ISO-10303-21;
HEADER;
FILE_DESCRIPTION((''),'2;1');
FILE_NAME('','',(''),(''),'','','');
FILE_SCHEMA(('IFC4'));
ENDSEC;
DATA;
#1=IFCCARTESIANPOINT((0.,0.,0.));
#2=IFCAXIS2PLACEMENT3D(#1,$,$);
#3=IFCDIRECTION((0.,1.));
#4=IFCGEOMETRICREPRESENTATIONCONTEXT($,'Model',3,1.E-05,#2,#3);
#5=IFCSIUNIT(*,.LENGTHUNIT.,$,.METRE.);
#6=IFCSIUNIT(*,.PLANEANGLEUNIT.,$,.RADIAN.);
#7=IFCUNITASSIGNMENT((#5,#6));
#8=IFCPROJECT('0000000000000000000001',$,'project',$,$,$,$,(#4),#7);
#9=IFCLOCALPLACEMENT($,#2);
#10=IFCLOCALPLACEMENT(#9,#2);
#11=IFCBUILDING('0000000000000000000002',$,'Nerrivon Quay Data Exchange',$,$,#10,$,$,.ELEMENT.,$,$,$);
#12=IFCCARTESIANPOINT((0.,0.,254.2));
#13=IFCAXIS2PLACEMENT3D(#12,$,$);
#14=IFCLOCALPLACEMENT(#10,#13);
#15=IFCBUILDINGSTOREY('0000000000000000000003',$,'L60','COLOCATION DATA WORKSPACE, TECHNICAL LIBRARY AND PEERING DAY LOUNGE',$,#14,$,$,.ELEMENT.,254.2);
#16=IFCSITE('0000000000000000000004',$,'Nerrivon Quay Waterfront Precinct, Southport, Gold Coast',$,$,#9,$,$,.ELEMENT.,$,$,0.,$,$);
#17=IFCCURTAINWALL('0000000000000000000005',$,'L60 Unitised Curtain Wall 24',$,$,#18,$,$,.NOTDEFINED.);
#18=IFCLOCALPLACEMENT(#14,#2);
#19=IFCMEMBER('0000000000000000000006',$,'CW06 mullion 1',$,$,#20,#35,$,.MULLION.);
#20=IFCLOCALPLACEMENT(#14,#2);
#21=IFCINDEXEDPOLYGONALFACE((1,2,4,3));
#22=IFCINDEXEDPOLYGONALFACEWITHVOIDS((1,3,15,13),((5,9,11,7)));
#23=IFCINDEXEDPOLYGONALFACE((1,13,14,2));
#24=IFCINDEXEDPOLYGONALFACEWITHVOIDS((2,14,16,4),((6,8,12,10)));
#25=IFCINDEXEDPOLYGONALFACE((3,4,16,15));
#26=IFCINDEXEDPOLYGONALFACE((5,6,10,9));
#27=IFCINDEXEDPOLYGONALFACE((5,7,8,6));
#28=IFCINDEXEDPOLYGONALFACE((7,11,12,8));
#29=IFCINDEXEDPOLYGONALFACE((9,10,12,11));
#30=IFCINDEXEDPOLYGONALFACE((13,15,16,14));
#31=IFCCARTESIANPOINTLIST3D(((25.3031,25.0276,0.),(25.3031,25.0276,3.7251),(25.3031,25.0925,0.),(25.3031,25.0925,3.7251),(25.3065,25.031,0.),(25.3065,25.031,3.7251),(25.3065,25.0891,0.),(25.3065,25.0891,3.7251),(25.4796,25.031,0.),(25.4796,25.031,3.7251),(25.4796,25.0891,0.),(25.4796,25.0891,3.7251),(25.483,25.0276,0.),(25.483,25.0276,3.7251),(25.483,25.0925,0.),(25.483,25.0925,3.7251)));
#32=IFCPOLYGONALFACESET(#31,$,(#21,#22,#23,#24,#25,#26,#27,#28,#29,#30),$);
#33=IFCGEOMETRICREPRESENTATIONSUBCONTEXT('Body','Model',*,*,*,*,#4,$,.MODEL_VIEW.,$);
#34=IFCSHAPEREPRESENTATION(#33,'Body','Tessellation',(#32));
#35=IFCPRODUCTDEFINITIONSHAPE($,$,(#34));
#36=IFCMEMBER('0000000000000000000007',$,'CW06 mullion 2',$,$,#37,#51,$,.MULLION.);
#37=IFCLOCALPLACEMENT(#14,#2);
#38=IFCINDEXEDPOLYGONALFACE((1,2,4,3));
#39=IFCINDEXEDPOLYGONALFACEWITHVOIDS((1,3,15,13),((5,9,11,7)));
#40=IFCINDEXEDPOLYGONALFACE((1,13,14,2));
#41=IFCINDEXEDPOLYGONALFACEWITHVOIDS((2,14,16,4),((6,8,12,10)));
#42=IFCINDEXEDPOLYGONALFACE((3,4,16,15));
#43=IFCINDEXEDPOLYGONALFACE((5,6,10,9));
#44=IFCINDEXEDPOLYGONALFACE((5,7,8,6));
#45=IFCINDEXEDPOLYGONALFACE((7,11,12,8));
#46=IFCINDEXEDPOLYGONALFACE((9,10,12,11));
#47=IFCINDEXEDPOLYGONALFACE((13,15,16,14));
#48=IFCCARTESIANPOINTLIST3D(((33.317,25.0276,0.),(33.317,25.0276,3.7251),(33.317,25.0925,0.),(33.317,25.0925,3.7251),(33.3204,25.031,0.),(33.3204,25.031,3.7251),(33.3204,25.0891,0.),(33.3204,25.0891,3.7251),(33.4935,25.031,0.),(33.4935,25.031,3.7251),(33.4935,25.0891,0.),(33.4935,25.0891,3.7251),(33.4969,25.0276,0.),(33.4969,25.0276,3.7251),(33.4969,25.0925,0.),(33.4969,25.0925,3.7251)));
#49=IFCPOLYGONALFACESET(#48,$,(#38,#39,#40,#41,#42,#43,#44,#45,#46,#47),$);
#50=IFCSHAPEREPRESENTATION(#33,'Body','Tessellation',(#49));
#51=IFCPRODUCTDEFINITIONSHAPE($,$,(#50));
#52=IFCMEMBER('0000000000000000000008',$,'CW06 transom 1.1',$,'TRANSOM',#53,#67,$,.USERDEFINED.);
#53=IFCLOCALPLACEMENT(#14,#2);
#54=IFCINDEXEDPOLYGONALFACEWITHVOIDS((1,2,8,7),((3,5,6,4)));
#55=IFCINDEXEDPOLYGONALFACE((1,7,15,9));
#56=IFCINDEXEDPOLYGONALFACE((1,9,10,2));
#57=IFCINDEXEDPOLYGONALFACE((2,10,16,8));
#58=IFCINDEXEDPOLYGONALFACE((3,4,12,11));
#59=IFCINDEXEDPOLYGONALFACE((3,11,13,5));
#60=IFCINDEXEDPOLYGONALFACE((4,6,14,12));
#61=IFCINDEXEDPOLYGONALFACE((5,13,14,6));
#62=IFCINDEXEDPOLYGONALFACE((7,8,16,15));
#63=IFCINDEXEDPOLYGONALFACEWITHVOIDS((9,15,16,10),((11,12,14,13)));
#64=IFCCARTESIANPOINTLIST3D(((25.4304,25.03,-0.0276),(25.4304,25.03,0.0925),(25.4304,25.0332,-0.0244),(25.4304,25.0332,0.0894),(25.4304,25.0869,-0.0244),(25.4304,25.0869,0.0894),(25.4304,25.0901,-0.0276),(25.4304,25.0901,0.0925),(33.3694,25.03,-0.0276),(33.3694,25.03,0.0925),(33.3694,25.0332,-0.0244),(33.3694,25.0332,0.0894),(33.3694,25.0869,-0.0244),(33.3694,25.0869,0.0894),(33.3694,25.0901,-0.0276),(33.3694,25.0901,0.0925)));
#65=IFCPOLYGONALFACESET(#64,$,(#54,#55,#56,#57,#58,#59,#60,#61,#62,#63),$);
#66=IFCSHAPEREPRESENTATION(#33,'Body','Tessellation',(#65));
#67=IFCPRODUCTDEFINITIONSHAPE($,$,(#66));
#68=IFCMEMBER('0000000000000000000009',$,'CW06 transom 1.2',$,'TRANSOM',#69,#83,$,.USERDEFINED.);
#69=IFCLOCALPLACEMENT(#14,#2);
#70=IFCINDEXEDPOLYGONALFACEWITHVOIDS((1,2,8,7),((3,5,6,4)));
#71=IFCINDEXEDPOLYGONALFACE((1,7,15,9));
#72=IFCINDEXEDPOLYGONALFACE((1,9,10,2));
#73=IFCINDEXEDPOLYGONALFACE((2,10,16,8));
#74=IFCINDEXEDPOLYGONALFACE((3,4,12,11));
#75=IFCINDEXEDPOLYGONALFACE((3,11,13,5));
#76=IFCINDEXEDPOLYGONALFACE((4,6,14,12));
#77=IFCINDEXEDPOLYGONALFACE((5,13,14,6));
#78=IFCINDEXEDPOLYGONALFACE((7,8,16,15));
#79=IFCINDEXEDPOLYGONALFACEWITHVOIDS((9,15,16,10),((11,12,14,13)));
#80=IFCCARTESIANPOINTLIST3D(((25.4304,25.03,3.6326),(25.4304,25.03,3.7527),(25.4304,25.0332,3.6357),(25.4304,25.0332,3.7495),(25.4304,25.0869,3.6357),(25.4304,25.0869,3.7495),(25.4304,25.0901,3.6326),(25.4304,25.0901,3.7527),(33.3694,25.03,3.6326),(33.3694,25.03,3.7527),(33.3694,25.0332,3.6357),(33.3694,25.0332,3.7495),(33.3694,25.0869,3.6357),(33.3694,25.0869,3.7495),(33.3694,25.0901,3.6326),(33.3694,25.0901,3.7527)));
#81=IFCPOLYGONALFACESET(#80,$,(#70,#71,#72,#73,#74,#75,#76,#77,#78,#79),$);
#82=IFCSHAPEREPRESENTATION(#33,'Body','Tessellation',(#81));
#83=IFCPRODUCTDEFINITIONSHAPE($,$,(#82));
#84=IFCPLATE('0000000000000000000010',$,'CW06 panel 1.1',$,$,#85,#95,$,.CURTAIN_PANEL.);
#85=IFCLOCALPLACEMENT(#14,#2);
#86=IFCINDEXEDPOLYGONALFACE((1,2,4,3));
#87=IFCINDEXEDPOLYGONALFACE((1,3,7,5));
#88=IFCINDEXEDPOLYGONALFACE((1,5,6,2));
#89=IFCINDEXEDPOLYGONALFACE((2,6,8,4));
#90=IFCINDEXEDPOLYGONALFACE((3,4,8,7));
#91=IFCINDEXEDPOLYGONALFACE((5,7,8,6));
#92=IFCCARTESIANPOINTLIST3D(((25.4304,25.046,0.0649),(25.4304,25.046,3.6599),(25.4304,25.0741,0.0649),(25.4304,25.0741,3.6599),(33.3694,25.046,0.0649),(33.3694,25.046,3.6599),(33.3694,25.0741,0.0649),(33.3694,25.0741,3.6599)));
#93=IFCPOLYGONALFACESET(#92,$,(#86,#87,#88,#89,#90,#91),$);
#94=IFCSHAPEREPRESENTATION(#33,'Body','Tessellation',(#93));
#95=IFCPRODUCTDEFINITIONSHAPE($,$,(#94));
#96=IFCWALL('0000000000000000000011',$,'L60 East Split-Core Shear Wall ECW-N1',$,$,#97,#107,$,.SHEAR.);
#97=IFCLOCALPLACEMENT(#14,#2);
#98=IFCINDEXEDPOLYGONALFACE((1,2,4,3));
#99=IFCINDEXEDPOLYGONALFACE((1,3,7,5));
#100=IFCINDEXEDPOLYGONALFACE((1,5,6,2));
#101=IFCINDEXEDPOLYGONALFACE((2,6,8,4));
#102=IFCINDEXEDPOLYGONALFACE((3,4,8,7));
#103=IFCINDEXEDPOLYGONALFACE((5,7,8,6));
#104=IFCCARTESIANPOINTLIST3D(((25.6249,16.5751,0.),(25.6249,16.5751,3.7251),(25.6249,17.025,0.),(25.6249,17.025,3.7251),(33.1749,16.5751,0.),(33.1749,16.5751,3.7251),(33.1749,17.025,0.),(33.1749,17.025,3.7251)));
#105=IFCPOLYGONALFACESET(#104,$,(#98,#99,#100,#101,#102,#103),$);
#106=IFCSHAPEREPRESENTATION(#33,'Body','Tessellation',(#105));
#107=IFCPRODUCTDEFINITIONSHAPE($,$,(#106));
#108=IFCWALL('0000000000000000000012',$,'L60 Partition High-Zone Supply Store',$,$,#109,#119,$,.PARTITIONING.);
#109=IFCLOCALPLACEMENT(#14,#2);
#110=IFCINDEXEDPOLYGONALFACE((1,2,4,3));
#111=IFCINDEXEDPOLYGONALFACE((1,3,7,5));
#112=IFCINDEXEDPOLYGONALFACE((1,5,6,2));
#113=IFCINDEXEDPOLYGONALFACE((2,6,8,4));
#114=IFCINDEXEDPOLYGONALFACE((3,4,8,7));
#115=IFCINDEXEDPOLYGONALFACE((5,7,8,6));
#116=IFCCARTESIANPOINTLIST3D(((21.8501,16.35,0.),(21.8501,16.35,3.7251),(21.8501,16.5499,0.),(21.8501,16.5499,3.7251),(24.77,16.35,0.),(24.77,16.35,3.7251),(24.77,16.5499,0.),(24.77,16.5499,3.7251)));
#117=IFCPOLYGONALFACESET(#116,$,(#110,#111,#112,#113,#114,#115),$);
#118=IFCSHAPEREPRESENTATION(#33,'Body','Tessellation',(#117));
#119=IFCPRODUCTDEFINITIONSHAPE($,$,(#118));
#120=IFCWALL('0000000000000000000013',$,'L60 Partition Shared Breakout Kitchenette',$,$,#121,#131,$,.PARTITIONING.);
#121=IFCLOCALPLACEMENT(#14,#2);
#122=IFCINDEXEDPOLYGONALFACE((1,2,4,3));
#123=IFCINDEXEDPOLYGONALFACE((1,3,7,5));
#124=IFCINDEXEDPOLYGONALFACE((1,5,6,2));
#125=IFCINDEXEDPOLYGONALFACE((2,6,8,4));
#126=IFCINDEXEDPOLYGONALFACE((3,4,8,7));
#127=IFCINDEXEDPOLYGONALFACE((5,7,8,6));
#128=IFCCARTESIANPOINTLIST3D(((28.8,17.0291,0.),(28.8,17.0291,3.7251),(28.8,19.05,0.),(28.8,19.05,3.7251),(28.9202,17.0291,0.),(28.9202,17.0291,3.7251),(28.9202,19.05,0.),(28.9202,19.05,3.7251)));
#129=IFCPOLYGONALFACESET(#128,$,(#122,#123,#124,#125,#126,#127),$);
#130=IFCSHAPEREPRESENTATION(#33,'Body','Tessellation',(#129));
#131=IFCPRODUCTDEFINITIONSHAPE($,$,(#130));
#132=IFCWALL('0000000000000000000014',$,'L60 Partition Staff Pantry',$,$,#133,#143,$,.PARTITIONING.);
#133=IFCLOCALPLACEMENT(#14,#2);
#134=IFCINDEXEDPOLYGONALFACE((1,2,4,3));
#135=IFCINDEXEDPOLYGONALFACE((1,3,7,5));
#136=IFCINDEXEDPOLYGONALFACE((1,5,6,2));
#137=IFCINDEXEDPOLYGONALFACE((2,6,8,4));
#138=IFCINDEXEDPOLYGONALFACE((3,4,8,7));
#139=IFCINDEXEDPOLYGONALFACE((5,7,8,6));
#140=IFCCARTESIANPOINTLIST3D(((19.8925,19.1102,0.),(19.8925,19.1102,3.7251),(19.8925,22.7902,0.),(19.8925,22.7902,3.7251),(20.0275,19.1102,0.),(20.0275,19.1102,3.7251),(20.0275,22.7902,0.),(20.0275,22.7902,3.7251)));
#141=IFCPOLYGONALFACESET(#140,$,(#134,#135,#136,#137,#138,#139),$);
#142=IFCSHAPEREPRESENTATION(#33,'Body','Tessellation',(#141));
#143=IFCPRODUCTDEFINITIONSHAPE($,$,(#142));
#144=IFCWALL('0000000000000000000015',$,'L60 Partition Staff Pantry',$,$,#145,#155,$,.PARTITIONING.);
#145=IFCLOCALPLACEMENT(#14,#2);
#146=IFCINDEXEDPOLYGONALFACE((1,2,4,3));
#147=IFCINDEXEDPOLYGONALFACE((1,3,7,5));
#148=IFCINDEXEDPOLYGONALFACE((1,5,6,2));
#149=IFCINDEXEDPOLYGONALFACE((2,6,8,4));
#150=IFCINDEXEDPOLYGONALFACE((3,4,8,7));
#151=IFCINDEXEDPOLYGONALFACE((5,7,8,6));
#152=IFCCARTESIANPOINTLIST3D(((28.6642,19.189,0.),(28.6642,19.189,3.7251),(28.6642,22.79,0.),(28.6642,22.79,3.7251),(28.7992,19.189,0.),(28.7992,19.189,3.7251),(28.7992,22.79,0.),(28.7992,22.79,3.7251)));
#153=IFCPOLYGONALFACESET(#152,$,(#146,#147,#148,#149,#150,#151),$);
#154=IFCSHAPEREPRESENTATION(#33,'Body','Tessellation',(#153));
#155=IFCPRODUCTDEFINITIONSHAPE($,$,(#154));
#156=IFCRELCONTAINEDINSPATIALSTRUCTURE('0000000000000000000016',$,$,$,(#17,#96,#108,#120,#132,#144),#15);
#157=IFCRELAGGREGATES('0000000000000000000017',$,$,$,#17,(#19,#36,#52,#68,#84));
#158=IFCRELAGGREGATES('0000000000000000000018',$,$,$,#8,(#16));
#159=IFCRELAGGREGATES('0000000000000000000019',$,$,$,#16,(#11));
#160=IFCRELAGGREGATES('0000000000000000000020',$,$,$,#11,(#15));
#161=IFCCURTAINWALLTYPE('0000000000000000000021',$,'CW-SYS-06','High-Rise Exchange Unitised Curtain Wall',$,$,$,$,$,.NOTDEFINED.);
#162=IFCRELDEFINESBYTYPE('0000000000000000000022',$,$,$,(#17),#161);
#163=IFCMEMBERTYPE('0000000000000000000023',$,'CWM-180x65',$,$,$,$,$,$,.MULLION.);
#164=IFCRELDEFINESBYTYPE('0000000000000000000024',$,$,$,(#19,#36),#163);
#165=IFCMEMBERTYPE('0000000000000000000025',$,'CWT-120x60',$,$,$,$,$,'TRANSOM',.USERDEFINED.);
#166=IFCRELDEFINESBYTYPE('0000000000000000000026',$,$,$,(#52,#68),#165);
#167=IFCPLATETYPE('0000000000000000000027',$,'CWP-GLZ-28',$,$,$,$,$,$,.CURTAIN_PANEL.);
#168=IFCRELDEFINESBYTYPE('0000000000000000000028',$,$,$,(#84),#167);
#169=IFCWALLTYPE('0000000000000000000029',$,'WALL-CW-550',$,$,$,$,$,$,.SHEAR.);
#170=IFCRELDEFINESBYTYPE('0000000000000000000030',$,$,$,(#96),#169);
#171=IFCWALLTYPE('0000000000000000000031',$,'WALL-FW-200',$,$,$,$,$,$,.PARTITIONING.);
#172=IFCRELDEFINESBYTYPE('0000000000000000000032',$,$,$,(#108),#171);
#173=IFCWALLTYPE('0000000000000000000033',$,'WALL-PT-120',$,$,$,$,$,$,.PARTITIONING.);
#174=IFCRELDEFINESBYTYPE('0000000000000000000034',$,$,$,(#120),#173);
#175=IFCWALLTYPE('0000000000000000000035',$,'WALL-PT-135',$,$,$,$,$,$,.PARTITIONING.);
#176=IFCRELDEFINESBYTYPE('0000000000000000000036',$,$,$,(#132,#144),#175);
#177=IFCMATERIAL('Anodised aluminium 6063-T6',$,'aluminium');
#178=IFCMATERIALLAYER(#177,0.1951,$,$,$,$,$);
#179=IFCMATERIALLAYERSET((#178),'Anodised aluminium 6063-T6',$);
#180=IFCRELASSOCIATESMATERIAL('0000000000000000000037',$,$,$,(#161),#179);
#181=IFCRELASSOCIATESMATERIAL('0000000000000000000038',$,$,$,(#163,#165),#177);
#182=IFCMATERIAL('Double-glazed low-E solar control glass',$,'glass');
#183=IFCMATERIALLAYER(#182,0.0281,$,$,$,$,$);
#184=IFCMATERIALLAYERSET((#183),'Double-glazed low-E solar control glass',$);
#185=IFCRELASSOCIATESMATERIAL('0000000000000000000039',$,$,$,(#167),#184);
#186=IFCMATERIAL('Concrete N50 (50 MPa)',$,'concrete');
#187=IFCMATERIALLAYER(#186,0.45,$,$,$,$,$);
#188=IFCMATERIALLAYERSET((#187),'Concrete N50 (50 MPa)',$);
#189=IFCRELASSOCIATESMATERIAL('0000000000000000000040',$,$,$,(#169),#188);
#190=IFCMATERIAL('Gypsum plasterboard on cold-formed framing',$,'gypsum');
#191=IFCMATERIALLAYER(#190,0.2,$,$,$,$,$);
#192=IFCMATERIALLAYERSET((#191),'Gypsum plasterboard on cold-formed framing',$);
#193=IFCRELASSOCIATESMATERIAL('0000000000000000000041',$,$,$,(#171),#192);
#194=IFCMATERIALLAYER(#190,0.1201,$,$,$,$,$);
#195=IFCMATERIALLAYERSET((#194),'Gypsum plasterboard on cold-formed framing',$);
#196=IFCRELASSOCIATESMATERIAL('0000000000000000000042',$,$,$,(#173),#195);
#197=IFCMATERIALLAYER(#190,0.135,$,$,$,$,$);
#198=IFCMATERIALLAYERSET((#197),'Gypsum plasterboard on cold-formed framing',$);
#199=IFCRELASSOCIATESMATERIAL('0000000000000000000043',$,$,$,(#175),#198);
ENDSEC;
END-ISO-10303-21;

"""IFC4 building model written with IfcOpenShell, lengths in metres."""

from ifc_helpers import new_model, si_unit, direction, frame, frame_2d, origin, origin_2d, place, context, subcontext, project, spatial, rectangle, hollow_rectangle, extrude, material, layer, layer_set, material_profile, profile_set, type_object, element, aggregate, save


model = new_model("IFC4")

# Units and contexts
model_context = context("Model", 3, precision=1e-05, world=origin(), true_north=direction((0.0, 1.0)))
body_context = subcontext(model_context, "Body", "Model", "MODEL_VIEW")
ifc_project = project(units=[si_unit("LENGTHUNIT", "METRE"), si_unit("PLANEANGLEUNIT", "RADIAN")], contexts=[model_context])

# Site, building, storey
site_placement = place(None, origin())
site = spatial("IfcSite", under=ifc_project, at=site_placement, Name="Nerrivon Quay Waterfront Precinct, Southport, Gold Coast", CompositionType="ELEMENT", RefElevation=0.0)
building_placement = place(site_placement, origin())
building = spatial("IfcBuilding", under=site, at=building_placement, Name="Nerrivon Quay Data Exchange", CompositionType="ELEMENT")
storey_placement = place(building_placement, frame((0.0, 0.0, 254.2)))
storey = spatial("IfcBuildingStorey", under=building, at=storey_placement, Name="L60", Description="COLOCATION DATA WORKSPACE, TECHNICAL LIBRARY AND PEERING DAY LOUNGE", CompositionType="ELEMENT", Elevation=254.2)

# Shared definitions
ifc_material_1 = material(Name="Concrete N50 (50 MPa)", Category="concrete")

# Curtain wall, members, plate
ifc_material_2 = material(Name="Anodised aluminium 6063-T6", Category="aluminium")
ifc_layer_1 = layer(ifc_material_2, 0.1951)
ifc_layer_set_1 = layer_set([ifc_layer_1], Name="Anodised aluminium 6063-T6")
curtain_wall_type = type_object("IfcCurtainWallType", Name="CW-SYS-06", Description="High-Rise Exchange Unitised Curtain Wall", PredefinedType="NOTDEFINED", material=ifc_layer_set_1)
curtain_wall_placement = place(storey_placement, origin())
curtain_wall = element("IfcCurtainWall", 1, at=curtain_wall_placement, inside=storey, type_object=curtain_wall_type, Name="L60 Unitised Curtain Wall 24", PredefinedType="NOTDEFINED")
ifc_material_profile_1 = material_profile(ifc_material_2, hollow_rectangle(XDim=0.0649, YDim=0.1799, WallThickness=0.0034, at=origin_2d()), Name="ALU-MULL-180x65")
ifc_profile_set_1 = profile_set([ifc_material_profile_1], Name="Anodised aluminium 6063-T6")
member_type_1 = type_object("IfcMemberType", Name="CWM-180x65", PredefinedType="MULLION", material=ifc_profile_set_1)
member_1_placement = place(storey_placement, frame((25.3931, 25.0601, 0.0), z_axis=(0.0, 0.0, 1.0), x_axis=(0.0, 1.0, 0.0)))
member_1 = element("IfcMember", 2, at=member_1_placement, type_object=member_type_1, Name="CW06 mullion 1", PredefinedType="MULLION", context=body_context, shape_type="SweptSolid", body=[
    extrude(hollow_rectangle(XDim=0.0649, YDim=0.1799, WallThickness=0.0034, at=origin_2d()), origin(), (0.0, 0.0, 1.0), 3.7251),
])
member_2_placement = place(storey_placement, frame((33.407, 25.0601, 0.0), z_axis=(0.0, 0.0, 1.0), x_axis=(0.0, 1.0, 0.0)))
member_2 = element("IfcMember", 3, at=member_2_placement, type_object=member_type_1, Name="CW06 mullion 2", PredefinedType="MULLION", context=body_context, shape_type="SweptSolid", body=[
    extrude(hollow_rectangle(XDim=0.0649, YDim=0.1799, WallThickness=0.0034, at=origin_2d()), origin(), (0.0, 0.0, 1.0), 3.7251),
])
ifc_material_profile_2 = material_profile(ifc_material_2, hollow_rectangle(XDim=0.0601, YDim=0.1201, WallThickness=0.0032, at=origin_2d()), Name="ALU-TRAN-120x60")
ifc_profile_set_2 = profile_set([ifc_material_profile_2], Name="Anodised aluminium 6063-T6")
member_type_2 = type_object("IfcMemberType", Name="CWT-120x60", ElementType="TRANSOM", PredefinedType="USERDEFINED", material=ifc_profile_set_2)
member_3_placement = place(storey_placement, frame((25.4304, 25.0601, 0.0325), z_axis=(1.0, 0.0, 0.0), x_axis=(0.0, 1.0, 0.0)))
member_3 = element("IfcMember", 4, at=member_3_placement, type_object=member_type_2, Name="CW06 transom 1.1", ObjectType="TRANSOM", PredefinedType="USERDEFINED", context=body_context, shape_type="SweptSolid", body=[
    extrude(hollow_rectangle(XDim=0.0601, YDim=0.1201, WallThickness=0.0032, at=origin_2d()), origin(), (0.0, 0.0, 1.0), 7.939),
])
member_4_placement = place(storey_placement, frame((25.4304, 25.0601, 3.6926), z_axis=(1.0, 0.0, 0.0), x_axis=(0.0, 1.0, 0.0)))
member_4 = element("IfcMember", 5, at=member_4_placement, type_object=member_type_2, Name="CW06 transom 1.2", ObjectType="TRANSOM", PredefinedType="USERDEFINED", context=body_context, shape_type="SweptSolid", body=[
    extrude(hollow_rectangle(XDim=0.0601, YDim=0.1201, WallThickness=0.0032, at=origin_2d()), origin(), (0.0, 0.0, 1.0), 7.939),
])
ifc_material_3 = material(Name="Double-glazed low-E solar control glass", Category="glass")
ifc_layer_2 = layer(ifc_material_3, 0.0281)
ifc_layer_set_2 = layer_set([ifc_layer_2], Name="Double-glazed low-E solar control glass")
plate_type = type_object("IfcPlateType", Name="CWP-GLZ-28", PredefinedType="CURTAIN_PANEL", material=ifc_layer_set_2)
plate_placement = place(storey_placement, frame((29.3999, 25.0601, 0.0649), z_axis=(0.0, 0.0, 1.0), x_axis=(1.0, 0.0, 0.0)))
plate = element("IfcPlate", 6, at=plate_placement, type_object=plate_type, Name="CW06 panel 1.1", PredefinedType="CURTAIN_PANEL", context=body_context, shape_type="SweptSolid", body=[
    extrude(rectangle(XDim=7.939, YDim=0.0281, at=origin_2d()), origin(), (0.0, 0.0, 1.0), 3.595),
])
aggregate(curtain_wall, [member_1, member_2, member_3, member_4, plate])

# Walls
ifc_layer_3 = layer(ifc_material_1, 0.45)
ifc_layer_set_3 = layer_set([ifc_layer_3], Name="Concrete N50 (50 MPa)")
wall_type_1 = type_object("IfcWallType", Name="WALL-CW-550", PredefinedType="SHEAR", material=ifc_layer_set_3)
wall_1_placement = place(storey_placement, frame((25.625, 16.8, 0.0), z_axis=(0.0, 0.0, 1.0), x_axis=(1.0, 0.0, 0.0)))
element("IfcWall", 7, at=wall_1_placement, inside=storey, type_object=wall_type_1, Name="L60 East Split-Core Shear Wall ECW-N1", PredefinedType="SHEAR", context=body_context, shape_type="SweptSolid", body=[
    extrude(rectangle(XDim=7.55, YDim=0.45, at=frame_2d((3.7749, 0.0))), origin(), (0.0, 0.0, 1.0), 3.7251),
])
ifc_material_4 = material(Name="Gypsum plasterboard on cold-formed framing", Category="gypsum")
ifc_layer_4 = layer(ifc_material_4, 0.2)
ifc_layer_set_4 = layer_set([ifc_layer_4], Name="Gypsum plasterboard on cold-formed framing")
wall_type_2 = type_object("IfcWallType", Name="WALL-FW-200", PredefinedType="PARTITIONING", material=ifc_layer_set_4)
wall_2_placement = place(storey_placement, frame((24.77, 16.45, 0.0), z_axis=(0.0, 0.0, 1.0), x_axis=(-1.0, 0.0, 0.0)))
element("IfcWall", 8, at=wall_2_placement, inside=storey, type_object=wall_type_2, Name="L60 Partition High-Zone Supply Store", PredefinedType="PARTITIONING", context=body_context, shape_type="SweptSolid", body=[
    extrude(rectangle(XDim=2.9199, YDim=0.2, at=frame_2d((1.46, 0.0))), origin(), (0.0, 0.0, 1.0), 3.7251),
])
ifc_layer_5 = layer(ifc_material_4, 0.1201)
ifc_layer_set_5 = layer_set([ifc_layer_5], Name="Gypsum plasterboard on cold-formed framing")
wall_type_3 = type_object("IfcWallType", Name="WALL-PT-120", PredefinedType="PARTITIONING", material=ifc_layer_set_5)
wall_3_placement = place(storey_placement, frame((28.8601, 19.05, 0.0), z_axis=(0.0, 0.0, 1.0), x_axis=(0.0, -1.0, 0.0)))
element("IfcWall", 9, at=wall_3_placement, inside=storey, type_object=wall_type_3, Name="L60 Partition Shared Breakout Kitchenette", PredefinedType="PARTITIONING", context=body_context, shape_type="SweptSolid", body=[
    extrude(rectangle(XDim=2.021, YDim=0.1201, at=frame_2d((1.0105, 0.0))), origin(), (0.0, 0.0, 1.0), 3.7251),
])
ifc_layer_6 = layer(ifc_material_4, 0.135)
ifc_layer_set_6 = layer_set([ifc_layer_6], Name="Gypsum plasterboard on cold-formed framing")
wall_type_4 = type_object("IfcWallType", Name="WALL-PT-135", PredefinedType="PARTITIONING", material=ifc_layer_set_6)
wall_4_placement = place(storey_placement, frame((19.96, 22.79, 0.0), z_axis=(0.0, 0.0, 1.0), x_axis=(0.0, -1.0, 0.0)))
element("IfcWall", 10, at=wall_4_placement, inside=storey, type_object=wall_type_4, Name="L60 Partition Staff Pantry", PredefinedType="PARTITIONING", context=body_context, shape_type="SweptSolid", body=[
    extrude(rectangle(XDim=3.6799, YDim=0.135, at=frame_2d((1.8398, 0.0))), origin(), (0.0, 0.0, 1.0), 3.7251),
])
wall_5_placement = place(storey_placement, frame((28.7317, 19.189, 0.0), z_axis=(0.0, 0.0, 1.0), x_axis=(0.0, 1.0, 0.0)))
element("IfcWall", 11, at=wall_5_placement, inside=storey, type_object=wall_type_4, Name="L60 Partition Staff Pantry", PredefinedType="PARTITIONING", context=body_context, shape_type="SweptSolid", body=[
    extrude(rectangle(XDim=3.6011, YDim=0.135, at=frame_2d((1.8005, 0.0))), origin(), (0.0, 0.0, 1.0), 3.7251),
])

save(model, "model.ifc")
